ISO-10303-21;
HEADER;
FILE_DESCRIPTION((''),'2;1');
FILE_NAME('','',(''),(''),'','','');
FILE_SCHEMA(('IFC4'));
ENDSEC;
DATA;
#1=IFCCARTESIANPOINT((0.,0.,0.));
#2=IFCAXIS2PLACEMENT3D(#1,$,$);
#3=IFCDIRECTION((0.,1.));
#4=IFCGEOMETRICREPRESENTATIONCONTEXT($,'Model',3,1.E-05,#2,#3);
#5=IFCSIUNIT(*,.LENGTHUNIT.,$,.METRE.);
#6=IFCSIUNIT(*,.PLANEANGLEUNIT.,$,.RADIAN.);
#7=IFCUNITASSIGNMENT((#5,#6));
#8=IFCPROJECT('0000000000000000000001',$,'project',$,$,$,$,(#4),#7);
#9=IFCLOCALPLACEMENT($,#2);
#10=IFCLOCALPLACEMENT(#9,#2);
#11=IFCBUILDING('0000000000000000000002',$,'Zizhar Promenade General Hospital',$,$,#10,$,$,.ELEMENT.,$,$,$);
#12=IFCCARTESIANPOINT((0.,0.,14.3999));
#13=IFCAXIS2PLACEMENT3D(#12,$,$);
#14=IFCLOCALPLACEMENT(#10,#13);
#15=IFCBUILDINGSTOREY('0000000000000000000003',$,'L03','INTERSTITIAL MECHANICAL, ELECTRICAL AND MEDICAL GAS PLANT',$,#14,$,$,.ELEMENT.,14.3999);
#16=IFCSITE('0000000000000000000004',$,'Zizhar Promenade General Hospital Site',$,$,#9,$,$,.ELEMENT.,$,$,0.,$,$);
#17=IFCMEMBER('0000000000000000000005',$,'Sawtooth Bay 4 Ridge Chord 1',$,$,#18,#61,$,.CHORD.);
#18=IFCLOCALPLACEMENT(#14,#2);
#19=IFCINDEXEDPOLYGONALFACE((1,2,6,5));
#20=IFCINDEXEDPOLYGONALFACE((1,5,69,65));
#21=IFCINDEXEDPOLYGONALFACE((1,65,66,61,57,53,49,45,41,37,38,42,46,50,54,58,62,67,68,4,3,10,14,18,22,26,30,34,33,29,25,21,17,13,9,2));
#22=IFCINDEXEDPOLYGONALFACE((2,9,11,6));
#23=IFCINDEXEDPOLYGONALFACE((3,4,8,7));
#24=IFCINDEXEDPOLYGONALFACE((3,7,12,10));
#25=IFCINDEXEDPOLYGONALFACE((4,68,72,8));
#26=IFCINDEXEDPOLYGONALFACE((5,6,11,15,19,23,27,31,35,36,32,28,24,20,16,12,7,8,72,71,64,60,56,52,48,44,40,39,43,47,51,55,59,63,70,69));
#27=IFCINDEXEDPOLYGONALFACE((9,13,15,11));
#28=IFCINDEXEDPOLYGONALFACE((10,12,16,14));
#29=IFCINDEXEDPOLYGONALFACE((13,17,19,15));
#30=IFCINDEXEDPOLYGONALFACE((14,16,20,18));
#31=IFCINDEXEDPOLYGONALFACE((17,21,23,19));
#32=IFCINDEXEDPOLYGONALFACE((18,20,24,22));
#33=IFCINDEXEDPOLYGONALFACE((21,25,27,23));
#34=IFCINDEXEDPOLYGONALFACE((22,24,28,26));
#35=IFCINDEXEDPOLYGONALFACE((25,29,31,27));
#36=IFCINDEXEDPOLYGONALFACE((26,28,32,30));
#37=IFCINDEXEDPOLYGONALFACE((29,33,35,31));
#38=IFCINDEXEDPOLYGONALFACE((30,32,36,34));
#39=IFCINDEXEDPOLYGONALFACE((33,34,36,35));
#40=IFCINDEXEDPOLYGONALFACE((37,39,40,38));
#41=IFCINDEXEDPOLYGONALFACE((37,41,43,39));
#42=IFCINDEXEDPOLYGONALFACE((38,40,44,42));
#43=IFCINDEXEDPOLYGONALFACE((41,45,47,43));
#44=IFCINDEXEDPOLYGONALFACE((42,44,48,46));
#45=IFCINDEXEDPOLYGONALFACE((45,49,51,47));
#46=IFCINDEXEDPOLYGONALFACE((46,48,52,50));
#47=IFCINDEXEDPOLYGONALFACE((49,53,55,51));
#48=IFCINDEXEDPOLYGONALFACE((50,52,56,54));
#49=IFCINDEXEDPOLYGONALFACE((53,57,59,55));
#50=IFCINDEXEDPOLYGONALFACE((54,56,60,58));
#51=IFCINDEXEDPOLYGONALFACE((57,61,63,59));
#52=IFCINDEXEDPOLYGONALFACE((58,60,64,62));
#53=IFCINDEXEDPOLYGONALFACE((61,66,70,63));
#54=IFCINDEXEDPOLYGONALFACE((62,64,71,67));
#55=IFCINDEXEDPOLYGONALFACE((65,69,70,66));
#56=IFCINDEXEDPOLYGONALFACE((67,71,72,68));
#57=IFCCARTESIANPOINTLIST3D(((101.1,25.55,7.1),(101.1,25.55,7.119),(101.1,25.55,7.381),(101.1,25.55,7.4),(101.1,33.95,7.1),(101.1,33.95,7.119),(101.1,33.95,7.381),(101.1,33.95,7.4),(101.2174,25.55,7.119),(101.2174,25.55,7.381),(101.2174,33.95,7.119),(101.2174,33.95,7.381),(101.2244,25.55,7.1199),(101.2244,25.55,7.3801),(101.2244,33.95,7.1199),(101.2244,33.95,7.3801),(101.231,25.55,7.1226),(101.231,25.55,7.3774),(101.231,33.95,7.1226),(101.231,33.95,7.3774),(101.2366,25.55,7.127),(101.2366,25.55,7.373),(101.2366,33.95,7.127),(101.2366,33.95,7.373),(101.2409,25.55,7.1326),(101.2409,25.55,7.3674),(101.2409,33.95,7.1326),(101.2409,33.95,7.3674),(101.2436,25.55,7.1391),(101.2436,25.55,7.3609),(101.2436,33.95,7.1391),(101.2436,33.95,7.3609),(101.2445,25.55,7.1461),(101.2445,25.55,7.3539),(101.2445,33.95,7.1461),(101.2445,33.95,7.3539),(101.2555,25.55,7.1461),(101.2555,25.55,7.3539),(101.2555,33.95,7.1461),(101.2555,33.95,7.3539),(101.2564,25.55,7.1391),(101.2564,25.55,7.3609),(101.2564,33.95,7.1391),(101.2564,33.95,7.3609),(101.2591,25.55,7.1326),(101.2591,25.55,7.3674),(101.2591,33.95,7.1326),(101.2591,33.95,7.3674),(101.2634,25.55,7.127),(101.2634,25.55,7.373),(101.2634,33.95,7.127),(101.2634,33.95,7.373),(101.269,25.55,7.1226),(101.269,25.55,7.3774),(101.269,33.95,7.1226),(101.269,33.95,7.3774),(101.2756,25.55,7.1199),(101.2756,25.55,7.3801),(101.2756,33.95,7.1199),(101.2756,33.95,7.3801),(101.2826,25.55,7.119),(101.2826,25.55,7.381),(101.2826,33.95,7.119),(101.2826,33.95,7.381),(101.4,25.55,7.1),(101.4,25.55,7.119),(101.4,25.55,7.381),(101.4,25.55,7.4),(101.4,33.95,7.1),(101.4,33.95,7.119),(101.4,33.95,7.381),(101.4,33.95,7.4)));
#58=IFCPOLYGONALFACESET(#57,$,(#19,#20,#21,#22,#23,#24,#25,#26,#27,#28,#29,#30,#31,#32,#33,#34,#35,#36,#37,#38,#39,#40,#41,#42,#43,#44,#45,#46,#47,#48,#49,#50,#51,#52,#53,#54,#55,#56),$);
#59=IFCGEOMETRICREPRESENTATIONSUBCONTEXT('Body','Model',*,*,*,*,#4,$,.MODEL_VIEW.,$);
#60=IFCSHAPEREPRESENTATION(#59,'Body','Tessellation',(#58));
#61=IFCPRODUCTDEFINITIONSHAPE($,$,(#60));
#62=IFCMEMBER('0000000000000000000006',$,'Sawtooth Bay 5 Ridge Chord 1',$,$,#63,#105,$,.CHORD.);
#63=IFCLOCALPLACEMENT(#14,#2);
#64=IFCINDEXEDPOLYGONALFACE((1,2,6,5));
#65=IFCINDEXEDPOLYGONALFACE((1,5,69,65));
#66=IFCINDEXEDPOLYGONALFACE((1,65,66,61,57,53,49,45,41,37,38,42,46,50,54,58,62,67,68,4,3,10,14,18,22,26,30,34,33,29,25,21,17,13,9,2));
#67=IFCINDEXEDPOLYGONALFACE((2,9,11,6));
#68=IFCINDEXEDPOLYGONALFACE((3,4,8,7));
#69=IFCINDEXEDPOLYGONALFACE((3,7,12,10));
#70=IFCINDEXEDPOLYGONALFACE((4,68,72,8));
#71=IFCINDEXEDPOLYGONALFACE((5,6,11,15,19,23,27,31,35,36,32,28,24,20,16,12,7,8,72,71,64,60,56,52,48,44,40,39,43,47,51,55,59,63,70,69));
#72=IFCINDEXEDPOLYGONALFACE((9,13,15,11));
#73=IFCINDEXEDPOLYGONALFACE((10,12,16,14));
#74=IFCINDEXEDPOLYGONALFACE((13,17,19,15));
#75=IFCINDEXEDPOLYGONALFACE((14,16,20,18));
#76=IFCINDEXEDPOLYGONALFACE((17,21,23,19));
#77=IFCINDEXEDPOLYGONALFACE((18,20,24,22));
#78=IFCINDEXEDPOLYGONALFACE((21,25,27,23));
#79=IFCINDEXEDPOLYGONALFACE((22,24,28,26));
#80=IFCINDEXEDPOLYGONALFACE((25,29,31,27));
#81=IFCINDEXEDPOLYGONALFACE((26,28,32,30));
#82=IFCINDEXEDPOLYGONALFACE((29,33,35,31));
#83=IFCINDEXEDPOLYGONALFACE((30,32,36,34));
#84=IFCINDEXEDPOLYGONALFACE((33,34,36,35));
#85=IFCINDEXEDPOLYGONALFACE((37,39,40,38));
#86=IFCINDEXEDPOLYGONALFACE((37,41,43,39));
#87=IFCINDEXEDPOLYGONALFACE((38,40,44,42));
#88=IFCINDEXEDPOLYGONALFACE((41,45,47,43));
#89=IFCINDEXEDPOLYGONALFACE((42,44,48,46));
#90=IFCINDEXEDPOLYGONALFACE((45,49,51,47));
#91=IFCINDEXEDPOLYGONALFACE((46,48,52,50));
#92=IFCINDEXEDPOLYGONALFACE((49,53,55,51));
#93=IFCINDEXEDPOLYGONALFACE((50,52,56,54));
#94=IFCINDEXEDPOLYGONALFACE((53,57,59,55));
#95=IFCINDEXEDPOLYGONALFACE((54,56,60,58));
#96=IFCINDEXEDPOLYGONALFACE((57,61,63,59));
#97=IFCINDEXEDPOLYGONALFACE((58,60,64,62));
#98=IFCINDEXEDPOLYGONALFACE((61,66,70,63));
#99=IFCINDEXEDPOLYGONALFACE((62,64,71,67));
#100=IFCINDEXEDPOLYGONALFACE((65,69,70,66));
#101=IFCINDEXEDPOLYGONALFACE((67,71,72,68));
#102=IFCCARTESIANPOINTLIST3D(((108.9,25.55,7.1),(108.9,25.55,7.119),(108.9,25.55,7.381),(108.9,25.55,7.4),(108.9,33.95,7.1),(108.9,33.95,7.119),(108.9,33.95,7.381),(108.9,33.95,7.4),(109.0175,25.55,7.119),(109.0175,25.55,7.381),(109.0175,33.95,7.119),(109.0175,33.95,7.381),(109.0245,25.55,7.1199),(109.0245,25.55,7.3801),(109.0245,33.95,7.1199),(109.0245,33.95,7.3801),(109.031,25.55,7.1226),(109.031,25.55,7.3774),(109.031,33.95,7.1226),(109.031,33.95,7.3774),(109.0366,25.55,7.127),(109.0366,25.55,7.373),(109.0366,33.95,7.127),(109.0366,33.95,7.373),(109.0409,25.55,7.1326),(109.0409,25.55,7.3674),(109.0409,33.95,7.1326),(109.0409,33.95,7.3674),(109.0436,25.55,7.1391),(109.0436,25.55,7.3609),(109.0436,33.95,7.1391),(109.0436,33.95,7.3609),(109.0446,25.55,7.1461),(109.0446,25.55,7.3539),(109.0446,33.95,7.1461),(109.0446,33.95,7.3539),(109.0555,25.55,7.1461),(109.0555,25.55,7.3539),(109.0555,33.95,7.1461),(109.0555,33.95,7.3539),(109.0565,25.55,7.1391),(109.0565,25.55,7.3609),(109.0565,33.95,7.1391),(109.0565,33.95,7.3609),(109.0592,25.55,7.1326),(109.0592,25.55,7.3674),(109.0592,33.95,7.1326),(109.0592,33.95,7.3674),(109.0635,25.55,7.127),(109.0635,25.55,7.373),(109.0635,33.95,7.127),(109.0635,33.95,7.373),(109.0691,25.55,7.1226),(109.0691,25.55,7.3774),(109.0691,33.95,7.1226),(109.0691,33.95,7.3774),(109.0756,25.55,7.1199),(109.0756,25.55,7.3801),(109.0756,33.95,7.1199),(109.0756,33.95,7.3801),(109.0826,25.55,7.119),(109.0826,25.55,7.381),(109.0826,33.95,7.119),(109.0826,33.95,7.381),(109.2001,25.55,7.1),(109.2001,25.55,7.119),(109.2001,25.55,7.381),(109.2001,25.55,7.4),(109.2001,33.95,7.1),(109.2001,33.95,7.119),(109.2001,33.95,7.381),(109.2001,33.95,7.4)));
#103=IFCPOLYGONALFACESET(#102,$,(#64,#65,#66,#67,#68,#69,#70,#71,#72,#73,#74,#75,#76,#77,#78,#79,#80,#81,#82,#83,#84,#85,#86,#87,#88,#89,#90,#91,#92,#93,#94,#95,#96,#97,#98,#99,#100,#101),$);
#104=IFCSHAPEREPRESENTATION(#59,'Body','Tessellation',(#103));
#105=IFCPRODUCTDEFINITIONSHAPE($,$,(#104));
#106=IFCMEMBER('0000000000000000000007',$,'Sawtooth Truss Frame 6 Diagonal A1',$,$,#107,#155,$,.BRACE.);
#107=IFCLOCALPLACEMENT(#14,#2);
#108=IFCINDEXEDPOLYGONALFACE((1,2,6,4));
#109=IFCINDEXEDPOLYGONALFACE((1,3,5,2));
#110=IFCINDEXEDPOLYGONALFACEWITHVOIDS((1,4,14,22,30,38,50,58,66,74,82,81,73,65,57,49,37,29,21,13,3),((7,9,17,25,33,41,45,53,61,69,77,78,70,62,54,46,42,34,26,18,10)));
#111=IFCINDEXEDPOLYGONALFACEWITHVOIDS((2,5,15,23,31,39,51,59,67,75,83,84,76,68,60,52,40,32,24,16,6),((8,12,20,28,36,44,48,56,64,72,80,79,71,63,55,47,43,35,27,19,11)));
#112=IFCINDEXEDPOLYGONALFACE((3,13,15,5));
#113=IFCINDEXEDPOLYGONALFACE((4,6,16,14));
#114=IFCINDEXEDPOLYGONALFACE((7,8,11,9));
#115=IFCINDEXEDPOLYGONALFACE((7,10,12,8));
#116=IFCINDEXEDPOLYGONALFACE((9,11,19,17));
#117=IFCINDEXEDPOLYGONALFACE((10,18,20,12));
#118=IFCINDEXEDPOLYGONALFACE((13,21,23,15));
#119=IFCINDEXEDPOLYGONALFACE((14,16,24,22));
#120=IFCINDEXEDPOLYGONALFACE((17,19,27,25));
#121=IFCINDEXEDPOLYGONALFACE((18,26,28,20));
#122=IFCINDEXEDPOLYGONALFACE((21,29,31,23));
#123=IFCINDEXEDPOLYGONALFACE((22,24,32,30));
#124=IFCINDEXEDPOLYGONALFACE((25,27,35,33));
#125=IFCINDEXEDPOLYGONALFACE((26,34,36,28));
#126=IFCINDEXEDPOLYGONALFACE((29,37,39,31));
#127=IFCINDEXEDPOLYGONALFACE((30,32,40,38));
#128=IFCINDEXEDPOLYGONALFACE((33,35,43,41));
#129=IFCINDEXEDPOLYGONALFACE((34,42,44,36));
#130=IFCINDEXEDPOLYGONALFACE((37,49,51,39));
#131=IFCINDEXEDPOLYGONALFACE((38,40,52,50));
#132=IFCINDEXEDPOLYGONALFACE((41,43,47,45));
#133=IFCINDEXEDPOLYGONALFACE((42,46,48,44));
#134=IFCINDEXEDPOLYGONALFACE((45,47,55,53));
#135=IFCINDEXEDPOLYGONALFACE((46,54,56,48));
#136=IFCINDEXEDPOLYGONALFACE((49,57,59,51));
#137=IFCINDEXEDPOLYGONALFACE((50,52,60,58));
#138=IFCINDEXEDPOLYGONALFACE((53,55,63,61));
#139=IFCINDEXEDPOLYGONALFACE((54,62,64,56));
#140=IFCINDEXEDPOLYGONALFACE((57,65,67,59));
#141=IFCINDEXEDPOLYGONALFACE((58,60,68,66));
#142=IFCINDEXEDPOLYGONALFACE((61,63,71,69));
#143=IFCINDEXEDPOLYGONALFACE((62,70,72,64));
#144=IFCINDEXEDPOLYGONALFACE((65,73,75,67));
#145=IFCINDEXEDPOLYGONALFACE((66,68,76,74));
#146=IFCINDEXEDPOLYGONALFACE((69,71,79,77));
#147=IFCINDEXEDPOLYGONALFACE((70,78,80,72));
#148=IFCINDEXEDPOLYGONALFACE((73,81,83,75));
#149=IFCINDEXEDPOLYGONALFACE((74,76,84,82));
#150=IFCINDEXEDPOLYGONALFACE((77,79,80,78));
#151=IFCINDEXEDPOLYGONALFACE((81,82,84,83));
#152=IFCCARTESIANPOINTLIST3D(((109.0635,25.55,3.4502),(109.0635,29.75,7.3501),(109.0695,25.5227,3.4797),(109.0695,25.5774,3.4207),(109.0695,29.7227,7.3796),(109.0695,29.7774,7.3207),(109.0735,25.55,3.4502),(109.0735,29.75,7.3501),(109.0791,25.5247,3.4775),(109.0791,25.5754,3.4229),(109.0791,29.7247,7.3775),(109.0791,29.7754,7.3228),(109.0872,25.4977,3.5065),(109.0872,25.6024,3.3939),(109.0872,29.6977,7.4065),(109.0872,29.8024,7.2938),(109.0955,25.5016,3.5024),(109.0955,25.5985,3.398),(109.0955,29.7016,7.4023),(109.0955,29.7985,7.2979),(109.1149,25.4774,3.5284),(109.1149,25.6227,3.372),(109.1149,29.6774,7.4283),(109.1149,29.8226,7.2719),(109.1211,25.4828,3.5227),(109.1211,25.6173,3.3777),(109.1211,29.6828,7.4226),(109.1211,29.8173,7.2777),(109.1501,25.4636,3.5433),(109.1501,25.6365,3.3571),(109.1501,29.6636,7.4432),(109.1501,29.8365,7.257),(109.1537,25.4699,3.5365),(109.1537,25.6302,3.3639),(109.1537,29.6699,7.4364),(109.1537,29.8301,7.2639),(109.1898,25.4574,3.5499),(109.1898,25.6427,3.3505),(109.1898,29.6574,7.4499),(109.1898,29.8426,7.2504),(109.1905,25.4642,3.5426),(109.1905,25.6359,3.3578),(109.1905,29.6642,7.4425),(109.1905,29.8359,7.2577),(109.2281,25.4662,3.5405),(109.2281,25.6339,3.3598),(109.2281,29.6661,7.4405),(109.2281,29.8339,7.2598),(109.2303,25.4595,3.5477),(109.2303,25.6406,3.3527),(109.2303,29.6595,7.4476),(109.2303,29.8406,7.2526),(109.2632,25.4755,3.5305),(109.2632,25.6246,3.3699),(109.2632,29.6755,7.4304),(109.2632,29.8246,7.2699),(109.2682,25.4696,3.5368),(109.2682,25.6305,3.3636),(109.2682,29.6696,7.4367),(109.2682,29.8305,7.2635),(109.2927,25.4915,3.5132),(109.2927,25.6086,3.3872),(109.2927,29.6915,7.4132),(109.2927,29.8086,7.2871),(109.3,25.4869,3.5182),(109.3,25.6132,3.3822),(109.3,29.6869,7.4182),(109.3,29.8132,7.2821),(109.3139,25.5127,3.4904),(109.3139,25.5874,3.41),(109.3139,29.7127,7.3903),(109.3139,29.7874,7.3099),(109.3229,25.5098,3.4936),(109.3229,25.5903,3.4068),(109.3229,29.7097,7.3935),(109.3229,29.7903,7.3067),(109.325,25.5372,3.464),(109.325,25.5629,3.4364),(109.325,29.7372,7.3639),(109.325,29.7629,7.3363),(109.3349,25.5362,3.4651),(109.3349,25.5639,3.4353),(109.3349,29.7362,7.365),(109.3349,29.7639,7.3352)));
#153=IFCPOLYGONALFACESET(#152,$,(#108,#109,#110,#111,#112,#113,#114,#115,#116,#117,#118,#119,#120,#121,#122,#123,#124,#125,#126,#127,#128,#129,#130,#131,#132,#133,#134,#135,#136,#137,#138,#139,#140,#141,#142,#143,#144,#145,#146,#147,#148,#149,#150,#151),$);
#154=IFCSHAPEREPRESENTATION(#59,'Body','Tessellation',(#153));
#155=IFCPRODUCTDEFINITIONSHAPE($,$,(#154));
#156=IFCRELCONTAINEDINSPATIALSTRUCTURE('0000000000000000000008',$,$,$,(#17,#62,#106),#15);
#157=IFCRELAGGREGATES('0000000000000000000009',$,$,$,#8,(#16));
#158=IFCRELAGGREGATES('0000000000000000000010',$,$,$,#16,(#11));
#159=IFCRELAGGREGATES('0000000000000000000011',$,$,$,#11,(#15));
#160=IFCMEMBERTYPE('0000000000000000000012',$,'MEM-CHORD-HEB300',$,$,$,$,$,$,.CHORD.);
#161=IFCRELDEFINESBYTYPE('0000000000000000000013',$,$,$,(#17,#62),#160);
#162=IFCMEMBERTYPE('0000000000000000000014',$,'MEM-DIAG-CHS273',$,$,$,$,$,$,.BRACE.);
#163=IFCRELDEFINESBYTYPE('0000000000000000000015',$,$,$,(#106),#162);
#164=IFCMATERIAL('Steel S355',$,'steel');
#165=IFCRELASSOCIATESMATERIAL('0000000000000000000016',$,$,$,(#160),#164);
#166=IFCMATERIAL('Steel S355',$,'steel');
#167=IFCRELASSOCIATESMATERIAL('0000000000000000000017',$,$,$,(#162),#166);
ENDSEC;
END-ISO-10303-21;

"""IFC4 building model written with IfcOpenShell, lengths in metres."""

from ifc_helpers import new_model, si_unit, direction, frame, origin, origin_2d, place, context, subcontext, project, spatial, hollow_circle, i_section, extrude, material, material_profile, profile_set, type_object, element, save


model = new_model("IFC4")

# Units and contexts
model_context = context("Model", 3, precision=1e-05, world=origin(), true_north=direction((0.0, 1.0)))
body_context = subcontext(model_context, "Body", "Model", "MODEL_VIEW")
ifc_project = project(units=[si_unit("LENGTHUNIT", "METRE"), si_unit("PLANEANGLEUNIT", "RADIAN")], contexts=[model_context])

# Site, building, storey
site_placement = place(None, origin())
site = spatial("IfcSite", under=ifc_project, at=site_placement, Name="Zizhar Promenade General Hospital Site", CompositionType="ELEMENT", RefElevation=0.0)
building_placement = place(site_placement, origin())
building = spatial("IfcBuilding", under=site, at=building_placement, Name="Zizhar Promenade General Hospital", CompositionType="ELEMENT")
storey_placement = place(building_placement, frame((0.0, 0.0, 14.3999)))
storey = spatial("IfcBuildingStorey", under=building, at=storey_placement, Name="L03", Description="INTERSTITIAL MECHANICAL, ELECTRICAL AND MEDICAL GAS PLANT", CompositionType="ELEMENT", Elevation=14.3999)

# Members
ifc_material_1 = material(Name="Steel S355", Category="steel")
ifc_material_profile_1 = material_profile(ifc_material_1, i_section(OverallWidth=0.3, OverallDepth=0.3, WebThickness=0.011, FlangeThickness=0.019, FilletRadius=0.0271, at=origin_2d()))
ifc_profile_set_1 = profile_set([ifc_material_profile_1], Name="Steel S355")
member_type_1 = type_object("IfcMemberType", Name="MEM-CHORD-HEB300", PredefinedType="CHORD", material=ifc_profile_set_1)
for number, where, z_axis, x_axis, name in (
    (1, (101.25, 25.55, 7.25), (0.0, 1.0, 0.0), (-1.0, 0.0, 0.0), "Sawtooth Bay 4 Ridge Chord 1"),
    (2, (109.05, 25.55, 7.25), (0.0, 1.0, 0.0), (-1.0, 0.0, 0.0), "Sawtooth Bay 5 Ridge Chord 1"),
):
    element("IfcMember", number, at=place(storey_placement, frame(where, z_axis=z_axis, x_axis=x_axis)), inside=storey, type_object=member_type_1, Name=name, PredefinedType="CHORD", context=body_context, shape_type="SweptSolid", body=[
        extrude(i_section(OverallWidth=0.3, OverallDepth=0.3, WebThickness=0.011, FlangeThickness=0.019, FilletRadius=0.0271, at=origin_2d()), origin(), (0.0, 0.0, 1.0), 8.3999),
    ])
ifc_material_2 = material(Name="Steel S355", Category="steel")
ifc_material_profile_2 = material_profile(ifc_material_2, hollow_circle(Radius=0.1365, WallThickness=0.01, at=origin_2d()))
ifc_profile_set_2 = profile_set([ifc_material_profile_2], Name="Steel S355")
member_type_2 = type_object("IfcMemberType", Name="MEM-DIAG-CHS273", PredefinedType="BRACE", material=ifc_profile_set_2)
member_1_placement = place(storey_placement, frame((109.2, 25.55, 3.4502), z_axis=(0.0, 0.732798, 0.680446), x_axis=(-1.0, 0.0, 0.0)))
element("IfcMember", 3, at=member_1_placement, inside=storey, type_object=member_type_2, Name="Sawtooth Truss Frame 6 Diagonal A1", PredefinedType="BRACE", context=body_context, shape_type="SweptSolid", body=[
    extrude(hollow_circle(Radius=0.1365, WallThickness=0.01, at=origin_2d()), origin(), (0.0, 0.0, 1.0), 5.7314),
])

save(model, "model.ifc")
